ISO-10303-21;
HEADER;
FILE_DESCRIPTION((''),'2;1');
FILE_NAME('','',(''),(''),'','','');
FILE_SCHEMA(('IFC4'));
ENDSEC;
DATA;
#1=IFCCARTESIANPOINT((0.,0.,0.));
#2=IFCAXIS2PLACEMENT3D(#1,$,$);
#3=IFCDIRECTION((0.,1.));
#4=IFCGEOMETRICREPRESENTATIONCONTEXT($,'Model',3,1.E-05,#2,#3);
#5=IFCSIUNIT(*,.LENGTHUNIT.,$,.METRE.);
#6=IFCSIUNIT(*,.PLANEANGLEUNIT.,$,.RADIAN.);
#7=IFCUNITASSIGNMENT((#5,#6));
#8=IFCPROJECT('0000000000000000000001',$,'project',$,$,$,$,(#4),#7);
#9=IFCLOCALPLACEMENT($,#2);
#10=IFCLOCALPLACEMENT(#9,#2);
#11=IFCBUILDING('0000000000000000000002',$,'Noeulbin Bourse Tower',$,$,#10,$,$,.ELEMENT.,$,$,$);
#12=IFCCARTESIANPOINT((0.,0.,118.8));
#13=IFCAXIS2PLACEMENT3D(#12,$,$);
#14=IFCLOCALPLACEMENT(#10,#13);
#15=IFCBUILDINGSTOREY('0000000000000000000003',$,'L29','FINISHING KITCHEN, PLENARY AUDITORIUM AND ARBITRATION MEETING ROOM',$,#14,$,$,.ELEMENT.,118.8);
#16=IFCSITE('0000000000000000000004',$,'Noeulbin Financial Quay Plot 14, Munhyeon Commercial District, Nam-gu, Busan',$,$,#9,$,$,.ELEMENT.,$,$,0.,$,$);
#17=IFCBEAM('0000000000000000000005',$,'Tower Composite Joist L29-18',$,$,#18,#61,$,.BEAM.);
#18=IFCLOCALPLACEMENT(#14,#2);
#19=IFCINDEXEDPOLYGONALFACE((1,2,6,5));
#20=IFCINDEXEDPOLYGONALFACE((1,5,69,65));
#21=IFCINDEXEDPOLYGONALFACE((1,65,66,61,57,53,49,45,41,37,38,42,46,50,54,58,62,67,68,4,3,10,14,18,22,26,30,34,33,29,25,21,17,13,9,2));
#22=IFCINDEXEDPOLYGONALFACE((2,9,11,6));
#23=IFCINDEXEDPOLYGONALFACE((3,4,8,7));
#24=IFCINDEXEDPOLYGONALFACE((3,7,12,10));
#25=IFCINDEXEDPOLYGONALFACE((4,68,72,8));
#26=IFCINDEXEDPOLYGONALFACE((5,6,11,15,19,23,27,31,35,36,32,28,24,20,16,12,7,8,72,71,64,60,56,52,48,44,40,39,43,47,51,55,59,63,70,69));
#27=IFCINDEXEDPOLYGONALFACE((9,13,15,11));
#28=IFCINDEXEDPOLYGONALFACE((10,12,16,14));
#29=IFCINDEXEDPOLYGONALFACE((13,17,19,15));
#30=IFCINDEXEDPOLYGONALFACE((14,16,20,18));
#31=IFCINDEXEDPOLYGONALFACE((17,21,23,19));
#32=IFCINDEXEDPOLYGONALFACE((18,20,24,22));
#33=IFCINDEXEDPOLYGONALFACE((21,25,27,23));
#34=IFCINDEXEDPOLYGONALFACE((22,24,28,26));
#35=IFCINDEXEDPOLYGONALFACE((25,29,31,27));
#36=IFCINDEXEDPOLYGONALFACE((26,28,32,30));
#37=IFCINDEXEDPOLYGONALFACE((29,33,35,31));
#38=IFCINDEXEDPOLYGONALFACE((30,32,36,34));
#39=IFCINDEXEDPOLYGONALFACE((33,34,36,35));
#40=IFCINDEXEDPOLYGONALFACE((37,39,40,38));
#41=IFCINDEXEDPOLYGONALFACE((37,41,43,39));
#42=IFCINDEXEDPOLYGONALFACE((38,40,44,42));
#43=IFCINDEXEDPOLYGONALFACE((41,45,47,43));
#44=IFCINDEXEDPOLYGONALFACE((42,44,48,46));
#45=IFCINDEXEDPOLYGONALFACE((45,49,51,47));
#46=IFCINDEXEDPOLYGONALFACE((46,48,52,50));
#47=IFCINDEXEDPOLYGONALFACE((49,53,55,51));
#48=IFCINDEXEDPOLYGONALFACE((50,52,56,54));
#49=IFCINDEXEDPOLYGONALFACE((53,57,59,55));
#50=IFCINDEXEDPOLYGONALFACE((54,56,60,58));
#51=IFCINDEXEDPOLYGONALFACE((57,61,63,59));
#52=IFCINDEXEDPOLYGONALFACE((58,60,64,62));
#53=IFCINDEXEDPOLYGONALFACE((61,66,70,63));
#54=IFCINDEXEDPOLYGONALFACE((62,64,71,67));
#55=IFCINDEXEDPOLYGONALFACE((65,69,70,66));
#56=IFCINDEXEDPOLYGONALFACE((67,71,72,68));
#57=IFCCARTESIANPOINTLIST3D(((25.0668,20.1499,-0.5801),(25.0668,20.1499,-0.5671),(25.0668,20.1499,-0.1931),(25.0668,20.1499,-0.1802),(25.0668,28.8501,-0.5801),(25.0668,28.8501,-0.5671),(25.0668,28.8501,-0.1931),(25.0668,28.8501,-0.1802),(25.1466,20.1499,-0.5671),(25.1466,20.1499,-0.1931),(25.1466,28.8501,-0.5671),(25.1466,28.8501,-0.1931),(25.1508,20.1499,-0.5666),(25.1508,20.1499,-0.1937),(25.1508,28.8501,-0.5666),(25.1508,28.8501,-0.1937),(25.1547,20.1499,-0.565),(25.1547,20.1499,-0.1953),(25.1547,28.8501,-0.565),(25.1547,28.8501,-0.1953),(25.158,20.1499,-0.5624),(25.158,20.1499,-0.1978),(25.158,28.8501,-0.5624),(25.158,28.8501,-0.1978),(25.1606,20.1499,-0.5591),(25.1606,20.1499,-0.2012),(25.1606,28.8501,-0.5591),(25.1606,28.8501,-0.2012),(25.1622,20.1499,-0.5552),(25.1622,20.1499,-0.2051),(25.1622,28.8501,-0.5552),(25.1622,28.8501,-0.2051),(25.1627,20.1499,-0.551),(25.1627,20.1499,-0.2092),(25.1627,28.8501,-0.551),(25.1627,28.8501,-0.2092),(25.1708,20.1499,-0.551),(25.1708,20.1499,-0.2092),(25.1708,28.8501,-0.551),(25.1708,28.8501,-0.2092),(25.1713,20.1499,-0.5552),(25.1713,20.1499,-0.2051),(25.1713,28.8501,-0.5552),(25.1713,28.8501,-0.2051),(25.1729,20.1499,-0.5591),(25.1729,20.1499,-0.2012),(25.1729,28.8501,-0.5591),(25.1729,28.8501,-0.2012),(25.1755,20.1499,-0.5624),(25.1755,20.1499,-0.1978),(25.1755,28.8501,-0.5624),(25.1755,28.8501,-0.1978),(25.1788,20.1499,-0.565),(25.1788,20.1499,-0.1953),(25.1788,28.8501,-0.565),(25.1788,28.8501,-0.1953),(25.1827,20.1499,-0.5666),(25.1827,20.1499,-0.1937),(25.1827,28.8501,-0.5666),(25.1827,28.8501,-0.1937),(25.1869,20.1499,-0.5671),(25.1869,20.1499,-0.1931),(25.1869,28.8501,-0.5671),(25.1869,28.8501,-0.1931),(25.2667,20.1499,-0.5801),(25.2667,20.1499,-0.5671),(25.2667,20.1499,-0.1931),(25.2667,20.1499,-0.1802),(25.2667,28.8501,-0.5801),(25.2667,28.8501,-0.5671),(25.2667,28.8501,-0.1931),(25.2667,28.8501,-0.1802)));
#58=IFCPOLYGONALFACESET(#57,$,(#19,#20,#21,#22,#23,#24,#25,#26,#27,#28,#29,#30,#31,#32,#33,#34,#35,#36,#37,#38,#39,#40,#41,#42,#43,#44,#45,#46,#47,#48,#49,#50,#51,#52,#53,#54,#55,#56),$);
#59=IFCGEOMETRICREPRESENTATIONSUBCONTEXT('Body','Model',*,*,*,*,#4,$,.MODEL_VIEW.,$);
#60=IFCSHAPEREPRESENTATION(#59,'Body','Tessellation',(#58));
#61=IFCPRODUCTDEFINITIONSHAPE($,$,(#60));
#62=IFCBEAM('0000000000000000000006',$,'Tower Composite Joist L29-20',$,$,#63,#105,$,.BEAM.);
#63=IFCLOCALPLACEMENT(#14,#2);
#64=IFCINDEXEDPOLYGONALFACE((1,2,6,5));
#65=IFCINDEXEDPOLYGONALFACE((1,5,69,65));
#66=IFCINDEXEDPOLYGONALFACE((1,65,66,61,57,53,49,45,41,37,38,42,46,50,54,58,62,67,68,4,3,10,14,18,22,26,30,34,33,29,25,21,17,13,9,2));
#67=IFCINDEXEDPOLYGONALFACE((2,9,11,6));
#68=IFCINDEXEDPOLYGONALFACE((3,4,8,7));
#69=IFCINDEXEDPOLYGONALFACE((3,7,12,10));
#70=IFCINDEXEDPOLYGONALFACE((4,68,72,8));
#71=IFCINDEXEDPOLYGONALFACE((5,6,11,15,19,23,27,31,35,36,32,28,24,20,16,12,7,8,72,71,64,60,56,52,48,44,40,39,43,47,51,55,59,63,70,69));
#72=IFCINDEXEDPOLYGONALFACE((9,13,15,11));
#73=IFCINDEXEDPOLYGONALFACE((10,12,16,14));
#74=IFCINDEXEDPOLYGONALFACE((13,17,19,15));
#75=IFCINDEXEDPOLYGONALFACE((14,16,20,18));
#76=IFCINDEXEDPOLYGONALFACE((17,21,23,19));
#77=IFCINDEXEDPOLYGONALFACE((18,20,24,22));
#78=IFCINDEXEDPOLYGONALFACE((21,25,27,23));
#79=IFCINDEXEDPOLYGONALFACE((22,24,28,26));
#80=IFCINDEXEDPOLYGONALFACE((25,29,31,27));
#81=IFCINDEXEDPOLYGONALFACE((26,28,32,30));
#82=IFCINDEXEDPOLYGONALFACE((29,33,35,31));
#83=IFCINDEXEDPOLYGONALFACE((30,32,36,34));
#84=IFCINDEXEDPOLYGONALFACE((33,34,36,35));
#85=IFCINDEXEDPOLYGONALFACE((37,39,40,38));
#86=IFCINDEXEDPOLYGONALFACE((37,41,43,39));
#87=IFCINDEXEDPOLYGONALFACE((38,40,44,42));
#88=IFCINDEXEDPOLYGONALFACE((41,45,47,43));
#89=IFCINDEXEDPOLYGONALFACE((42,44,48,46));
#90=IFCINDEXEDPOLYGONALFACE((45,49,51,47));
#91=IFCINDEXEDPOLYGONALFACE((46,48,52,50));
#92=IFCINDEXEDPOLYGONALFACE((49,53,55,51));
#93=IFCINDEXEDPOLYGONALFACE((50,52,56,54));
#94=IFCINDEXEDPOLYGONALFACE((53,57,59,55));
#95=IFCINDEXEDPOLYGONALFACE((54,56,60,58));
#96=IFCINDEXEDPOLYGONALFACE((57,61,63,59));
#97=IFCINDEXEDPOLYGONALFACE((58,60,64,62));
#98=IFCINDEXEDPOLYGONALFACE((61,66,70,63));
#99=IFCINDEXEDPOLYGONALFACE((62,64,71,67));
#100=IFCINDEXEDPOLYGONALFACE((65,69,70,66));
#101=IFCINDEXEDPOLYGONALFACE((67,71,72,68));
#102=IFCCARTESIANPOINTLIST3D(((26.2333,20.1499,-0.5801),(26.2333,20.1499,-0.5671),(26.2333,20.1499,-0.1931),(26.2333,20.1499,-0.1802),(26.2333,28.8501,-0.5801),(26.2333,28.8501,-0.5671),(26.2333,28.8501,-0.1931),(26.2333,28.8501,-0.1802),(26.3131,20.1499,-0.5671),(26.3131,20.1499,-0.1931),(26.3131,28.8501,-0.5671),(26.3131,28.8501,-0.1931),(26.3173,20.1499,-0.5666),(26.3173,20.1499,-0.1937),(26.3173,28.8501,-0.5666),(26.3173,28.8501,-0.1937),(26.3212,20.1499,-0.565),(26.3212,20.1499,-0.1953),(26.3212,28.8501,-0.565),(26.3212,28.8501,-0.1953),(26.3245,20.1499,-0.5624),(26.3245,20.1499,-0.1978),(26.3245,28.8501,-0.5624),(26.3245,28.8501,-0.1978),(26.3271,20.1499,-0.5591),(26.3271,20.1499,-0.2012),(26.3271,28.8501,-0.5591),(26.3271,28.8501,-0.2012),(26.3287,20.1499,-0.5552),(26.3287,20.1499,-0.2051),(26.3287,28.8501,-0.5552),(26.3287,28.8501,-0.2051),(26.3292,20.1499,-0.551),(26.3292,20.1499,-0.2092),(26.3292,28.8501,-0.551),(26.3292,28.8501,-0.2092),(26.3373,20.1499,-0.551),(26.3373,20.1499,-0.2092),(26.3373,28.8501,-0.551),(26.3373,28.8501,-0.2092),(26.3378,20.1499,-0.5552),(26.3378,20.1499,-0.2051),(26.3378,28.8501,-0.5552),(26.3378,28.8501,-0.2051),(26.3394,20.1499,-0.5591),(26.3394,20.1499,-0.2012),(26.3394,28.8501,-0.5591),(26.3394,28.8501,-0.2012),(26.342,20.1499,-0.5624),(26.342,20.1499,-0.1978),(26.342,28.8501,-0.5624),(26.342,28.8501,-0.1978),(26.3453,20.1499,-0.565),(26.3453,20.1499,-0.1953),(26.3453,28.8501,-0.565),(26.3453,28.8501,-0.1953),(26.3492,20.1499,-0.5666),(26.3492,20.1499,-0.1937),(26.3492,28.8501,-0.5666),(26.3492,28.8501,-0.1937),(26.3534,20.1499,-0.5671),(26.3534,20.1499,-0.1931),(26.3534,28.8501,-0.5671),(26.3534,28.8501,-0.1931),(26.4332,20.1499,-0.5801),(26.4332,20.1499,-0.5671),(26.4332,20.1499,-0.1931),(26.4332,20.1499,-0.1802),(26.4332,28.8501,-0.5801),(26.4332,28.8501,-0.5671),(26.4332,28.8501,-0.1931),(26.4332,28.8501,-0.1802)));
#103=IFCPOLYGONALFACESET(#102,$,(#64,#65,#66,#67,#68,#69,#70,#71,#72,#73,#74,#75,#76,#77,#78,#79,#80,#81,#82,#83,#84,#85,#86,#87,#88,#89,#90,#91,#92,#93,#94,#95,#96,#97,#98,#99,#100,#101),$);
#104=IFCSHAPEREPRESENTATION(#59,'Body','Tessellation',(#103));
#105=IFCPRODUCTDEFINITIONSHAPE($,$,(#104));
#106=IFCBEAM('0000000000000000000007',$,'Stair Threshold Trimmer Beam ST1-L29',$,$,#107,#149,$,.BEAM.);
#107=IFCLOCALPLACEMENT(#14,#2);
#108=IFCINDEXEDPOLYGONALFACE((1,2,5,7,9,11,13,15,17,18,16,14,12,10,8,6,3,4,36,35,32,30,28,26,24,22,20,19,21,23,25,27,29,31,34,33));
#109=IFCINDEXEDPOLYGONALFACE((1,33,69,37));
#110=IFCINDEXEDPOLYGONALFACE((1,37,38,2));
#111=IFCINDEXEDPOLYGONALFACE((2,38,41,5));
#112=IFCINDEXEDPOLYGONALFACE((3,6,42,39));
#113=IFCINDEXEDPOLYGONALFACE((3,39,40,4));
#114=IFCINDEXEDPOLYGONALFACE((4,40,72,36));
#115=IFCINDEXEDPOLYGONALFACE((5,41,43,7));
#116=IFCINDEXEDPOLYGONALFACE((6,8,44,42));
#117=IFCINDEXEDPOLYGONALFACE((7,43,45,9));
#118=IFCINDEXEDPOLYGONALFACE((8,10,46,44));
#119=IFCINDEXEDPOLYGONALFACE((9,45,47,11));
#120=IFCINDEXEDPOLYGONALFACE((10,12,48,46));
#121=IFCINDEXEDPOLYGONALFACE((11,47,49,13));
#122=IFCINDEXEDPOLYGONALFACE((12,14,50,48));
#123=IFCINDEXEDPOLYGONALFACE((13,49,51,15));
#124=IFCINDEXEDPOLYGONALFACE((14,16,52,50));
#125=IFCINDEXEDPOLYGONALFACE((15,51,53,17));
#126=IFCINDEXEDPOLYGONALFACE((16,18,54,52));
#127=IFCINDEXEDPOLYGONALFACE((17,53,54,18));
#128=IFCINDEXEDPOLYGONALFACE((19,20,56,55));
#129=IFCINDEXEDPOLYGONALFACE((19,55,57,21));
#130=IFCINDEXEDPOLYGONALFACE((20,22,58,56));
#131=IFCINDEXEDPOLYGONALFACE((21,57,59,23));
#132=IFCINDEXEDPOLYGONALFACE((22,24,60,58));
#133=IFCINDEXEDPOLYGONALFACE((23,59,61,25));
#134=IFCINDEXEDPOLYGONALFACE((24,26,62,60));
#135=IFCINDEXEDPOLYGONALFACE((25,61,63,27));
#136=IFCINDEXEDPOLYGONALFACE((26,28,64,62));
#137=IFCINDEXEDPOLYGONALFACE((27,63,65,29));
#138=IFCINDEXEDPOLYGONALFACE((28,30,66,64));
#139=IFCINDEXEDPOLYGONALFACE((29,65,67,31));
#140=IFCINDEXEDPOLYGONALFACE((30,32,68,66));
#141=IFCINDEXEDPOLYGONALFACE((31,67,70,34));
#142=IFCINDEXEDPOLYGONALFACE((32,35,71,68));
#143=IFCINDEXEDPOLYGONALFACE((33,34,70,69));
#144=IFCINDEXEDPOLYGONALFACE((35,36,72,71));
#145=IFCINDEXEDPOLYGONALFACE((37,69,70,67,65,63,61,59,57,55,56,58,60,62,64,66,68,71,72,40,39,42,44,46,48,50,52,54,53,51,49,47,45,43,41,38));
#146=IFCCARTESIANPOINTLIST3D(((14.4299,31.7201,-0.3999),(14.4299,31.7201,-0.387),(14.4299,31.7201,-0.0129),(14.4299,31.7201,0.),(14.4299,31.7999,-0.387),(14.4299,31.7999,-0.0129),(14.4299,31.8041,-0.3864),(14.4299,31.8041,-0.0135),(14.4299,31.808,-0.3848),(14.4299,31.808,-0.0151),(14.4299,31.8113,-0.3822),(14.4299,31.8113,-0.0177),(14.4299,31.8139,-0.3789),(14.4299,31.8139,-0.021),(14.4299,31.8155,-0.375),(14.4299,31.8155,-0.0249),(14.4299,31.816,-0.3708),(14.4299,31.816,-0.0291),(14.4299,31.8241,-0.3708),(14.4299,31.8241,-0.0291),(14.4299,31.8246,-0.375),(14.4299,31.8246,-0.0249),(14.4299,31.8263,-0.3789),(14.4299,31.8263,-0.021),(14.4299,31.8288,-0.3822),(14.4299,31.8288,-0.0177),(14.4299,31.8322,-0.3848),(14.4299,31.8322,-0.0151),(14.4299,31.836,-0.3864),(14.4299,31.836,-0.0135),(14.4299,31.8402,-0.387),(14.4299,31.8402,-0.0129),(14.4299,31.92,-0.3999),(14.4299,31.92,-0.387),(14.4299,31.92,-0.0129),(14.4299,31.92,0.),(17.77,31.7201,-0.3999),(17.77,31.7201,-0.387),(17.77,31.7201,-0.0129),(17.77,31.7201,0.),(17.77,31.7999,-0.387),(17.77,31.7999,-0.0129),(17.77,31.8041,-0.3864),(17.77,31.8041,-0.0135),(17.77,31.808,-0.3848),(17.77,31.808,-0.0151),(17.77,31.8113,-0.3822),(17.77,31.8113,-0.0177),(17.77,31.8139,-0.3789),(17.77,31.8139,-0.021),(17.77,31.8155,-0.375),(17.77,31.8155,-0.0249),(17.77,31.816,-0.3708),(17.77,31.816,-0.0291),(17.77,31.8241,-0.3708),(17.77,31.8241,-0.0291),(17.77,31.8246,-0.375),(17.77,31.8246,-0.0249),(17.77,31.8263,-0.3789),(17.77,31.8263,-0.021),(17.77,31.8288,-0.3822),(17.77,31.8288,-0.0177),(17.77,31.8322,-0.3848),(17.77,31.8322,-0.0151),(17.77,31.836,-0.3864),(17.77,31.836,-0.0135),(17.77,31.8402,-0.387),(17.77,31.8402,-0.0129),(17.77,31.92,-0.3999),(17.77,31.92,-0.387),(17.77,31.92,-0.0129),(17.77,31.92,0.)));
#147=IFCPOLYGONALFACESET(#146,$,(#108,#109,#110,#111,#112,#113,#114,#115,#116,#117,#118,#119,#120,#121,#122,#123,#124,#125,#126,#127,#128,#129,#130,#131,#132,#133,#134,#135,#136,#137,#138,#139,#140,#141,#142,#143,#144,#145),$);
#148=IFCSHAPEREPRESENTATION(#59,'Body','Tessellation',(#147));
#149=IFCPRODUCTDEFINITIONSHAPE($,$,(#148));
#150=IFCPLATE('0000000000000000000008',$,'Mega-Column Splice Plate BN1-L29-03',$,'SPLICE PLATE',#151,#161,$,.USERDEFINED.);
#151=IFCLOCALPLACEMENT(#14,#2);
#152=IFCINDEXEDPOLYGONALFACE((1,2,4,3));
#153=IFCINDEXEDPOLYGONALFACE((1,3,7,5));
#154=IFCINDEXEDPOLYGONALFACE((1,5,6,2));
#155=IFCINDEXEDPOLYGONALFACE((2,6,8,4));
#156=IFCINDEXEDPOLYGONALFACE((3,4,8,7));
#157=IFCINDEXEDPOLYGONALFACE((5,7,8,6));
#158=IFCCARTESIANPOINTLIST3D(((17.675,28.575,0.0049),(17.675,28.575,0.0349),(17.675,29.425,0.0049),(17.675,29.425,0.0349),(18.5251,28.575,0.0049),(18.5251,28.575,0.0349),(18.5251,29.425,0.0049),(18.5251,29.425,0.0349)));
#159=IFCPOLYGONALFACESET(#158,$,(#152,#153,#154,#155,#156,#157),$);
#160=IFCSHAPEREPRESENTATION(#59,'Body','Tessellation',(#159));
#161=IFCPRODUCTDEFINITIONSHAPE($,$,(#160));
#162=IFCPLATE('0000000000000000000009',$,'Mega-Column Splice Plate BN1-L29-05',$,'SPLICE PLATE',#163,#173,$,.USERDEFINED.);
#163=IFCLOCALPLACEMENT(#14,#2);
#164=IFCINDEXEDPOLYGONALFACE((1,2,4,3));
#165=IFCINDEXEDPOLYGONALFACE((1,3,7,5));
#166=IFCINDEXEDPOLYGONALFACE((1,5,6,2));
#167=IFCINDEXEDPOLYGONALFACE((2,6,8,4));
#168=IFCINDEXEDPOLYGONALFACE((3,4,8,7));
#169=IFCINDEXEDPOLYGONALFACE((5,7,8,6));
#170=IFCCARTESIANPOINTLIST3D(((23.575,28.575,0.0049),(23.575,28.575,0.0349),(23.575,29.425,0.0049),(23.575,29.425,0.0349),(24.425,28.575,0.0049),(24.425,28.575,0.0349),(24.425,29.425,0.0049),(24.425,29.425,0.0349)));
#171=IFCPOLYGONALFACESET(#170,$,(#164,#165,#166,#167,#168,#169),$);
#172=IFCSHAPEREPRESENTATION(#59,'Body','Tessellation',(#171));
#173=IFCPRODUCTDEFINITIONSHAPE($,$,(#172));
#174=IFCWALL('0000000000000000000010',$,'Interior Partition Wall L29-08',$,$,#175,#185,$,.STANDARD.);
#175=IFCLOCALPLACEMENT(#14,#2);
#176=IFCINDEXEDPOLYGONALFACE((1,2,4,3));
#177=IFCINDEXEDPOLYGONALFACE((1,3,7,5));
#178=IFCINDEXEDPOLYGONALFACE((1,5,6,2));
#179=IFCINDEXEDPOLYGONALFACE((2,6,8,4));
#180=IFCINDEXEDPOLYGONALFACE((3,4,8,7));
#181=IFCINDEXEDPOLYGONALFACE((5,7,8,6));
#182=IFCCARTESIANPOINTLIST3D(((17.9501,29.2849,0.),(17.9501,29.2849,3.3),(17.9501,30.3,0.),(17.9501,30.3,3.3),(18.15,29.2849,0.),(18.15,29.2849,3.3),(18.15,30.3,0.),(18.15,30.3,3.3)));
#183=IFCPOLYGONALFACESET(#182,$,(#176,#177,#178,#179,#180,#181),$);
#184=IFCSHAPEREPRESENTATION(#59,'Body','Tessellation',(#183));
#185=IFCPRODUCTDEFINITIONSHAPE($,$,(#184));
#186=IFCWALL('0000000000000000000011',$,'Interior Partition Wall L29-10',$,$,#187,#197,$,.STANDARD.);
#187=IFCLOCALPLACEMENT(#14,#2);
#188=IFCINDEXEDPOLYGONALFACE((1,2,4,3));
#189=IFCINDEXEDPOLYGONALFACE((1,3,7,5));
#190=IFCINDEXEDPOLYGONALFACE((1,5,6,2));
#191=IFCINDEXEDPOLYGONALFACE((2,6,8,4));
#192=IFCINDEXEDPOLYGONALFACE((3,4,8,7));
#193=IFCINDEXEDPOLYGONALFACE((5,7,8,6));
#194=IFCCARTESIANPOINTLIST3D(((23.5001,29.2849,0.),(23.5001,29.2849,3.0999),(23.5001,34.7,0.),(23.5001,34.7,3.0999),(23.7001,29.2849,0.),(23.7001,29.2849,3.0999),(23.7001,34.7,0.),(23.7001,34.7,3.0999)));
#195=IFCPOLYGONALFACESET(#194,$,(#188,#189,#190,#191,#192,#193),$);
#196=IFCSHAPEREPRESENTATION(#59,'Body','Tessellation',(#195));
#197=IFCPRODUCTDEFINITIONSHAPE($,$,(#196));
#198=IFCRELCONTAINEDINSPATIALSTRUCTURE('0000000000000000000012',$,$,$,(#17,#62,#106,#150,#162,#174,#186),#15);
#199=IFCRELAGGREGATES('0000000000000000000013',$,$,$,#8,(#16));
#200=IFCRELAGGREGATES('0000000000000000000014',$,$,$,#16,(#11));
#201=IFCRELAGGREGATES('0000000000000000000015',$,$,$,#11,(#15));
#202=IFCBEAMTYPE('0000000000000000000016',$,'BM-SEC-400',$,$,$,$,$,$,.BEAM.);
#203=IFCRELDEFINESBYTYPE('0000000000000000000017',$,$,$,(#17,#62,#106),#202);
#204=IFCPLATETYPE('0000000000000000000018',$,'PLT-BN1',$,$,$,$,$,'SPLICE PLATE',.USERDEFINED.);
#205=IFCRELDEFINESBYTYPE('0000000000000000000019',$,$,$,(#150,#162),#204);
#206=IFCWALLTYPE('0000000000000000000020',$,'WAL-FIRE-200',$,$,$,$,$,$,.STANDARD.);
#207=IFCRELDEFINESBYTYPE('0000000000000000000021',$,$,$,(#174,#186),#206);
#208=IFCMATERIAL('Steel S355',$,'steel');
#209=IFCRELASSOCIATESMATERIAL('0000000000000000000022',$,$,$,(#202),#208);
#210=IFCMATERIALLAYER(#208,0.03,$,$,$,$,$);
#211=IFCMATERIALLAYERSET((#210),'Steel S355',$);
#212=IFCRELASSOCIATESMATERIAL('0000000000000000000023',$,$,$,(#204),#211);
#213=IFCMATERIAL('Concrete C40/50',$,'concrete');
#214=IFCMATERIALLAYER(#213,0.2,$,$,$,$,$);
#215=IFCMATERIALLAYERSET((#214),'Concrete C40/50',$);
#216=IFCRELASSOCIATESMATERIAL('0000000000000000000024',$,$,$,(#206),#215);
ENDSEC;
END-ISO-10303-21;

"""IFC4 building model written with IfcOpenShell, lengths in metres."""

from ifc_helpers import new_model, si_unit, direction, frame, frame_2d, origin, origin_2d, place, context, subcontext, project, spatial, rectangle, i_section, extrude, material, layer, layer_set, material_profile, profile_set, type_object, element, save


model = new_model("IFC4")

# Units and contexts
model_context = context("Model", 3, precision=1e-05, world=origin(), true_north=direction((0.0, 1.0)))
body_context = subcontext(model_context, "Body", "Model", "MODEL_VIEW")
ifc_project = project(units=[si_unit("LENGTHUNIT", "METRE"), si_unit("PLANEANGLEUNIT", "RADIAN")], contexts=[model_context])

# Site, building, storey
site_placement = place(None, origin())
site = spatial("IfcSite", under=ifc_project, at=site_placement, Name="Noeulbin Financial Quay Plot 14, Munhyeon Commercial District, Nam-gu, Busan", CompositionType="ELEMENT", RefElevation=0.0)
building_placement = place(site_placement, origin())
building = spatial("IfcBuilding", under=site, at=building_placement, Name="Noeulbin Bourse Tower", CompositionType="ELEMENT")
storey_placement = place(building_placement, frame((0.0, 0.0, 118.8)))
storey = spatial("IfcBuildingStorey", under=building, at=storey_placement, Name="L29", Description="FINISHING KITCHEN, PLENARY AUDITORIUM AND ARBITRATION MEETING ROOM", CompositionType="ELEMENT", Elevation=118.8)

# Beams
ifc_material_1 = material(Name="Steel S355", Category="steel")
ifc_material_profile_1 = material_profile(ifc_material_1, i_section(OverallWidth=0.2, OverallDepth=0.3999, WebThickness=0.0081, FlangeThickness=0.0129, FilletRadius=0.0161, at=origin_2d()), Name="H-400x200x8x13", Category="LoadBearing")
ifc_profile_set_1 = profile_set([ifc_material_profile_1], Name="Steel S355")
beam_type = type_object("IfcBeamType", Name="BM-SEC-400", PredefinedType="BEAM", material=ifc_profile_set_1)
for number, where, z_axis, x_axis, name in (
    (1, (25.1667, 20.1499, -0.3801), (0.0, 1.0, 0.0), (-1.0, 0.0, 0.0), "Tower Composite Joist L29-18"),
    (2, (26.3333, 20.1499, -0.3801), (0.0, 1.0, 0.0), (-1.0, 0.0, 0.0), "Tower Composite Joist L29-20"),
):
    element("IfcBeam", number, at=place(storey_placement, frame(where, z_axis=z_axis, x_axis=x_axis)), inside=storey, type_object=beam_type, Name=name, PredefinedType="BEAM", context=body_context, shape_type="SweptSolid", body=[
        extrude(i_section(OverallWidth=0.2, OverallDepth=0.3999, WebThickness=0.0081, FlangeThickness=0.0129, FilletRadius=0.0161, at=origin_2d()), origin(), (0.0, 0.0, 1.0), 8.7002),
    ])
beam_placement = place(storey_placement, frame((14.4299, 31.8201, -0.2), z_axis=(1.0, 0.0, 0.0), x_axis=(0.0, 1.0, 0.0)))
element("IfcBeam", 3, at=beam_placement, inside=storey, type_object=beam_type, Name="Stair Threshold Trimmer Beam ST1-L29", PredefinedType="BEAM", context=body_context, shape_type="SweptSolid", body=[
    extrude(i_section(OverallWidth=0.2, OverallDepth=0.3999, WebThickness=0.0081, FlangeThickness=0.0129, FilletRadius=0.0161, at=origin_2d()), origin(), (0.0, 0.0, 1.0), 3.3401),
])

# Plates
ifc_layer_1 = layer(ifc_material_1, 0.03)
ifc_layer_set_1 = layer_set([ifc_layer_1], Name="Steel S355")
plate_type = type_object("IfcPlateType", Name="PLT-BN1", ElementType="SPLICE PLATE", PredefinedType="USERDEFINED", material=ifc_layer_set_1)
for number, where, z_axis, x_axis, name in (
    (4, (18.1001, 29.0, 0.0049), (0.0, 0.0, 1.0), (1.0, 0.0, 0.0), "Mega-Column Splice Plate BN1-L29-03"),
    (5, (24.0, 29.0, 0.0049), (0.0, 0.0, 1.0), (1.0, 0.0, 0.0), "Mega-Column Splice Plate BN1-L29-05"),
):
    element("IfcPlate", number, at=place(storey_placement, frame(where, z_axis=z_axis, x_axis=x_axis)), inside=storey, type_object=plate_type, Name=name, ObjectType="SPLICE PLATE", PredefinedType="USERDEFINED", context=body_context, shape_type="SweptSolid", body=[
        extrude(rectangle(XDim=0.8501, YDim=0.8501, at=origin_2d()), origin(), (0.0, 0.0, 1.0), 0.03),
    ])

# Walls
ifc_material_2 = material(Name="Concrete C40/50", Category="concrete")
ifc_layer_2 = layer(ifc_material_2, 0.2)
ifc_layer_set_2 = layer_set([ifc_layer_2], Name="Concrete C40/50")
wall_type_1 = type_object("IfcWallType", Name="WAL-FIRE-200", PredefinedType="STANDARD", material=ifc_layer_set_2)
wall_1_placement = place(storey_placement, frame((18.05, 29.2849, 0.0), z_axis=(0.0, 0.0, 1.0), x_axis=(0.0, 1.0, 0.0)))
element("IfcWall", 6, at=wall_1_placement, inside=storey, type_object=wall_type_1, Name="Interior Partition Wall L29-08", PredefinedType="STANDARD", context=body_context, shape_type="SweptSolid", body=[
    extrude(rectangle(XDim=1.0151, YDim=0.2, at=frame_2d((0.5076, 0.0))), origin(), (0.0, 0.0, 1.0), 3.3),
])
wall_2_placement = place(storey_placement, frame((23.6001, 29.2849, 0.0), z_axis=(0.0, 0.0, 1.0), x_axis=(0.0, 1.0, 0.0)))
element("IfcWall", 7, at=wall_2_placement, inside=storey, type_object=wall_type_1, Name="Interior Partition Wall L29-10", PredefinedType="STANDARD", context=body_context, shape_type="SweptSolid", body=[
    extrude(rectangle(XDim=5.415, YDim=0.2, at=frame_2d((2.7075, 0.0))), origin(), (0.0, 0.0, 1.0), 3.0999),
])

save(model, "model.ifc")
